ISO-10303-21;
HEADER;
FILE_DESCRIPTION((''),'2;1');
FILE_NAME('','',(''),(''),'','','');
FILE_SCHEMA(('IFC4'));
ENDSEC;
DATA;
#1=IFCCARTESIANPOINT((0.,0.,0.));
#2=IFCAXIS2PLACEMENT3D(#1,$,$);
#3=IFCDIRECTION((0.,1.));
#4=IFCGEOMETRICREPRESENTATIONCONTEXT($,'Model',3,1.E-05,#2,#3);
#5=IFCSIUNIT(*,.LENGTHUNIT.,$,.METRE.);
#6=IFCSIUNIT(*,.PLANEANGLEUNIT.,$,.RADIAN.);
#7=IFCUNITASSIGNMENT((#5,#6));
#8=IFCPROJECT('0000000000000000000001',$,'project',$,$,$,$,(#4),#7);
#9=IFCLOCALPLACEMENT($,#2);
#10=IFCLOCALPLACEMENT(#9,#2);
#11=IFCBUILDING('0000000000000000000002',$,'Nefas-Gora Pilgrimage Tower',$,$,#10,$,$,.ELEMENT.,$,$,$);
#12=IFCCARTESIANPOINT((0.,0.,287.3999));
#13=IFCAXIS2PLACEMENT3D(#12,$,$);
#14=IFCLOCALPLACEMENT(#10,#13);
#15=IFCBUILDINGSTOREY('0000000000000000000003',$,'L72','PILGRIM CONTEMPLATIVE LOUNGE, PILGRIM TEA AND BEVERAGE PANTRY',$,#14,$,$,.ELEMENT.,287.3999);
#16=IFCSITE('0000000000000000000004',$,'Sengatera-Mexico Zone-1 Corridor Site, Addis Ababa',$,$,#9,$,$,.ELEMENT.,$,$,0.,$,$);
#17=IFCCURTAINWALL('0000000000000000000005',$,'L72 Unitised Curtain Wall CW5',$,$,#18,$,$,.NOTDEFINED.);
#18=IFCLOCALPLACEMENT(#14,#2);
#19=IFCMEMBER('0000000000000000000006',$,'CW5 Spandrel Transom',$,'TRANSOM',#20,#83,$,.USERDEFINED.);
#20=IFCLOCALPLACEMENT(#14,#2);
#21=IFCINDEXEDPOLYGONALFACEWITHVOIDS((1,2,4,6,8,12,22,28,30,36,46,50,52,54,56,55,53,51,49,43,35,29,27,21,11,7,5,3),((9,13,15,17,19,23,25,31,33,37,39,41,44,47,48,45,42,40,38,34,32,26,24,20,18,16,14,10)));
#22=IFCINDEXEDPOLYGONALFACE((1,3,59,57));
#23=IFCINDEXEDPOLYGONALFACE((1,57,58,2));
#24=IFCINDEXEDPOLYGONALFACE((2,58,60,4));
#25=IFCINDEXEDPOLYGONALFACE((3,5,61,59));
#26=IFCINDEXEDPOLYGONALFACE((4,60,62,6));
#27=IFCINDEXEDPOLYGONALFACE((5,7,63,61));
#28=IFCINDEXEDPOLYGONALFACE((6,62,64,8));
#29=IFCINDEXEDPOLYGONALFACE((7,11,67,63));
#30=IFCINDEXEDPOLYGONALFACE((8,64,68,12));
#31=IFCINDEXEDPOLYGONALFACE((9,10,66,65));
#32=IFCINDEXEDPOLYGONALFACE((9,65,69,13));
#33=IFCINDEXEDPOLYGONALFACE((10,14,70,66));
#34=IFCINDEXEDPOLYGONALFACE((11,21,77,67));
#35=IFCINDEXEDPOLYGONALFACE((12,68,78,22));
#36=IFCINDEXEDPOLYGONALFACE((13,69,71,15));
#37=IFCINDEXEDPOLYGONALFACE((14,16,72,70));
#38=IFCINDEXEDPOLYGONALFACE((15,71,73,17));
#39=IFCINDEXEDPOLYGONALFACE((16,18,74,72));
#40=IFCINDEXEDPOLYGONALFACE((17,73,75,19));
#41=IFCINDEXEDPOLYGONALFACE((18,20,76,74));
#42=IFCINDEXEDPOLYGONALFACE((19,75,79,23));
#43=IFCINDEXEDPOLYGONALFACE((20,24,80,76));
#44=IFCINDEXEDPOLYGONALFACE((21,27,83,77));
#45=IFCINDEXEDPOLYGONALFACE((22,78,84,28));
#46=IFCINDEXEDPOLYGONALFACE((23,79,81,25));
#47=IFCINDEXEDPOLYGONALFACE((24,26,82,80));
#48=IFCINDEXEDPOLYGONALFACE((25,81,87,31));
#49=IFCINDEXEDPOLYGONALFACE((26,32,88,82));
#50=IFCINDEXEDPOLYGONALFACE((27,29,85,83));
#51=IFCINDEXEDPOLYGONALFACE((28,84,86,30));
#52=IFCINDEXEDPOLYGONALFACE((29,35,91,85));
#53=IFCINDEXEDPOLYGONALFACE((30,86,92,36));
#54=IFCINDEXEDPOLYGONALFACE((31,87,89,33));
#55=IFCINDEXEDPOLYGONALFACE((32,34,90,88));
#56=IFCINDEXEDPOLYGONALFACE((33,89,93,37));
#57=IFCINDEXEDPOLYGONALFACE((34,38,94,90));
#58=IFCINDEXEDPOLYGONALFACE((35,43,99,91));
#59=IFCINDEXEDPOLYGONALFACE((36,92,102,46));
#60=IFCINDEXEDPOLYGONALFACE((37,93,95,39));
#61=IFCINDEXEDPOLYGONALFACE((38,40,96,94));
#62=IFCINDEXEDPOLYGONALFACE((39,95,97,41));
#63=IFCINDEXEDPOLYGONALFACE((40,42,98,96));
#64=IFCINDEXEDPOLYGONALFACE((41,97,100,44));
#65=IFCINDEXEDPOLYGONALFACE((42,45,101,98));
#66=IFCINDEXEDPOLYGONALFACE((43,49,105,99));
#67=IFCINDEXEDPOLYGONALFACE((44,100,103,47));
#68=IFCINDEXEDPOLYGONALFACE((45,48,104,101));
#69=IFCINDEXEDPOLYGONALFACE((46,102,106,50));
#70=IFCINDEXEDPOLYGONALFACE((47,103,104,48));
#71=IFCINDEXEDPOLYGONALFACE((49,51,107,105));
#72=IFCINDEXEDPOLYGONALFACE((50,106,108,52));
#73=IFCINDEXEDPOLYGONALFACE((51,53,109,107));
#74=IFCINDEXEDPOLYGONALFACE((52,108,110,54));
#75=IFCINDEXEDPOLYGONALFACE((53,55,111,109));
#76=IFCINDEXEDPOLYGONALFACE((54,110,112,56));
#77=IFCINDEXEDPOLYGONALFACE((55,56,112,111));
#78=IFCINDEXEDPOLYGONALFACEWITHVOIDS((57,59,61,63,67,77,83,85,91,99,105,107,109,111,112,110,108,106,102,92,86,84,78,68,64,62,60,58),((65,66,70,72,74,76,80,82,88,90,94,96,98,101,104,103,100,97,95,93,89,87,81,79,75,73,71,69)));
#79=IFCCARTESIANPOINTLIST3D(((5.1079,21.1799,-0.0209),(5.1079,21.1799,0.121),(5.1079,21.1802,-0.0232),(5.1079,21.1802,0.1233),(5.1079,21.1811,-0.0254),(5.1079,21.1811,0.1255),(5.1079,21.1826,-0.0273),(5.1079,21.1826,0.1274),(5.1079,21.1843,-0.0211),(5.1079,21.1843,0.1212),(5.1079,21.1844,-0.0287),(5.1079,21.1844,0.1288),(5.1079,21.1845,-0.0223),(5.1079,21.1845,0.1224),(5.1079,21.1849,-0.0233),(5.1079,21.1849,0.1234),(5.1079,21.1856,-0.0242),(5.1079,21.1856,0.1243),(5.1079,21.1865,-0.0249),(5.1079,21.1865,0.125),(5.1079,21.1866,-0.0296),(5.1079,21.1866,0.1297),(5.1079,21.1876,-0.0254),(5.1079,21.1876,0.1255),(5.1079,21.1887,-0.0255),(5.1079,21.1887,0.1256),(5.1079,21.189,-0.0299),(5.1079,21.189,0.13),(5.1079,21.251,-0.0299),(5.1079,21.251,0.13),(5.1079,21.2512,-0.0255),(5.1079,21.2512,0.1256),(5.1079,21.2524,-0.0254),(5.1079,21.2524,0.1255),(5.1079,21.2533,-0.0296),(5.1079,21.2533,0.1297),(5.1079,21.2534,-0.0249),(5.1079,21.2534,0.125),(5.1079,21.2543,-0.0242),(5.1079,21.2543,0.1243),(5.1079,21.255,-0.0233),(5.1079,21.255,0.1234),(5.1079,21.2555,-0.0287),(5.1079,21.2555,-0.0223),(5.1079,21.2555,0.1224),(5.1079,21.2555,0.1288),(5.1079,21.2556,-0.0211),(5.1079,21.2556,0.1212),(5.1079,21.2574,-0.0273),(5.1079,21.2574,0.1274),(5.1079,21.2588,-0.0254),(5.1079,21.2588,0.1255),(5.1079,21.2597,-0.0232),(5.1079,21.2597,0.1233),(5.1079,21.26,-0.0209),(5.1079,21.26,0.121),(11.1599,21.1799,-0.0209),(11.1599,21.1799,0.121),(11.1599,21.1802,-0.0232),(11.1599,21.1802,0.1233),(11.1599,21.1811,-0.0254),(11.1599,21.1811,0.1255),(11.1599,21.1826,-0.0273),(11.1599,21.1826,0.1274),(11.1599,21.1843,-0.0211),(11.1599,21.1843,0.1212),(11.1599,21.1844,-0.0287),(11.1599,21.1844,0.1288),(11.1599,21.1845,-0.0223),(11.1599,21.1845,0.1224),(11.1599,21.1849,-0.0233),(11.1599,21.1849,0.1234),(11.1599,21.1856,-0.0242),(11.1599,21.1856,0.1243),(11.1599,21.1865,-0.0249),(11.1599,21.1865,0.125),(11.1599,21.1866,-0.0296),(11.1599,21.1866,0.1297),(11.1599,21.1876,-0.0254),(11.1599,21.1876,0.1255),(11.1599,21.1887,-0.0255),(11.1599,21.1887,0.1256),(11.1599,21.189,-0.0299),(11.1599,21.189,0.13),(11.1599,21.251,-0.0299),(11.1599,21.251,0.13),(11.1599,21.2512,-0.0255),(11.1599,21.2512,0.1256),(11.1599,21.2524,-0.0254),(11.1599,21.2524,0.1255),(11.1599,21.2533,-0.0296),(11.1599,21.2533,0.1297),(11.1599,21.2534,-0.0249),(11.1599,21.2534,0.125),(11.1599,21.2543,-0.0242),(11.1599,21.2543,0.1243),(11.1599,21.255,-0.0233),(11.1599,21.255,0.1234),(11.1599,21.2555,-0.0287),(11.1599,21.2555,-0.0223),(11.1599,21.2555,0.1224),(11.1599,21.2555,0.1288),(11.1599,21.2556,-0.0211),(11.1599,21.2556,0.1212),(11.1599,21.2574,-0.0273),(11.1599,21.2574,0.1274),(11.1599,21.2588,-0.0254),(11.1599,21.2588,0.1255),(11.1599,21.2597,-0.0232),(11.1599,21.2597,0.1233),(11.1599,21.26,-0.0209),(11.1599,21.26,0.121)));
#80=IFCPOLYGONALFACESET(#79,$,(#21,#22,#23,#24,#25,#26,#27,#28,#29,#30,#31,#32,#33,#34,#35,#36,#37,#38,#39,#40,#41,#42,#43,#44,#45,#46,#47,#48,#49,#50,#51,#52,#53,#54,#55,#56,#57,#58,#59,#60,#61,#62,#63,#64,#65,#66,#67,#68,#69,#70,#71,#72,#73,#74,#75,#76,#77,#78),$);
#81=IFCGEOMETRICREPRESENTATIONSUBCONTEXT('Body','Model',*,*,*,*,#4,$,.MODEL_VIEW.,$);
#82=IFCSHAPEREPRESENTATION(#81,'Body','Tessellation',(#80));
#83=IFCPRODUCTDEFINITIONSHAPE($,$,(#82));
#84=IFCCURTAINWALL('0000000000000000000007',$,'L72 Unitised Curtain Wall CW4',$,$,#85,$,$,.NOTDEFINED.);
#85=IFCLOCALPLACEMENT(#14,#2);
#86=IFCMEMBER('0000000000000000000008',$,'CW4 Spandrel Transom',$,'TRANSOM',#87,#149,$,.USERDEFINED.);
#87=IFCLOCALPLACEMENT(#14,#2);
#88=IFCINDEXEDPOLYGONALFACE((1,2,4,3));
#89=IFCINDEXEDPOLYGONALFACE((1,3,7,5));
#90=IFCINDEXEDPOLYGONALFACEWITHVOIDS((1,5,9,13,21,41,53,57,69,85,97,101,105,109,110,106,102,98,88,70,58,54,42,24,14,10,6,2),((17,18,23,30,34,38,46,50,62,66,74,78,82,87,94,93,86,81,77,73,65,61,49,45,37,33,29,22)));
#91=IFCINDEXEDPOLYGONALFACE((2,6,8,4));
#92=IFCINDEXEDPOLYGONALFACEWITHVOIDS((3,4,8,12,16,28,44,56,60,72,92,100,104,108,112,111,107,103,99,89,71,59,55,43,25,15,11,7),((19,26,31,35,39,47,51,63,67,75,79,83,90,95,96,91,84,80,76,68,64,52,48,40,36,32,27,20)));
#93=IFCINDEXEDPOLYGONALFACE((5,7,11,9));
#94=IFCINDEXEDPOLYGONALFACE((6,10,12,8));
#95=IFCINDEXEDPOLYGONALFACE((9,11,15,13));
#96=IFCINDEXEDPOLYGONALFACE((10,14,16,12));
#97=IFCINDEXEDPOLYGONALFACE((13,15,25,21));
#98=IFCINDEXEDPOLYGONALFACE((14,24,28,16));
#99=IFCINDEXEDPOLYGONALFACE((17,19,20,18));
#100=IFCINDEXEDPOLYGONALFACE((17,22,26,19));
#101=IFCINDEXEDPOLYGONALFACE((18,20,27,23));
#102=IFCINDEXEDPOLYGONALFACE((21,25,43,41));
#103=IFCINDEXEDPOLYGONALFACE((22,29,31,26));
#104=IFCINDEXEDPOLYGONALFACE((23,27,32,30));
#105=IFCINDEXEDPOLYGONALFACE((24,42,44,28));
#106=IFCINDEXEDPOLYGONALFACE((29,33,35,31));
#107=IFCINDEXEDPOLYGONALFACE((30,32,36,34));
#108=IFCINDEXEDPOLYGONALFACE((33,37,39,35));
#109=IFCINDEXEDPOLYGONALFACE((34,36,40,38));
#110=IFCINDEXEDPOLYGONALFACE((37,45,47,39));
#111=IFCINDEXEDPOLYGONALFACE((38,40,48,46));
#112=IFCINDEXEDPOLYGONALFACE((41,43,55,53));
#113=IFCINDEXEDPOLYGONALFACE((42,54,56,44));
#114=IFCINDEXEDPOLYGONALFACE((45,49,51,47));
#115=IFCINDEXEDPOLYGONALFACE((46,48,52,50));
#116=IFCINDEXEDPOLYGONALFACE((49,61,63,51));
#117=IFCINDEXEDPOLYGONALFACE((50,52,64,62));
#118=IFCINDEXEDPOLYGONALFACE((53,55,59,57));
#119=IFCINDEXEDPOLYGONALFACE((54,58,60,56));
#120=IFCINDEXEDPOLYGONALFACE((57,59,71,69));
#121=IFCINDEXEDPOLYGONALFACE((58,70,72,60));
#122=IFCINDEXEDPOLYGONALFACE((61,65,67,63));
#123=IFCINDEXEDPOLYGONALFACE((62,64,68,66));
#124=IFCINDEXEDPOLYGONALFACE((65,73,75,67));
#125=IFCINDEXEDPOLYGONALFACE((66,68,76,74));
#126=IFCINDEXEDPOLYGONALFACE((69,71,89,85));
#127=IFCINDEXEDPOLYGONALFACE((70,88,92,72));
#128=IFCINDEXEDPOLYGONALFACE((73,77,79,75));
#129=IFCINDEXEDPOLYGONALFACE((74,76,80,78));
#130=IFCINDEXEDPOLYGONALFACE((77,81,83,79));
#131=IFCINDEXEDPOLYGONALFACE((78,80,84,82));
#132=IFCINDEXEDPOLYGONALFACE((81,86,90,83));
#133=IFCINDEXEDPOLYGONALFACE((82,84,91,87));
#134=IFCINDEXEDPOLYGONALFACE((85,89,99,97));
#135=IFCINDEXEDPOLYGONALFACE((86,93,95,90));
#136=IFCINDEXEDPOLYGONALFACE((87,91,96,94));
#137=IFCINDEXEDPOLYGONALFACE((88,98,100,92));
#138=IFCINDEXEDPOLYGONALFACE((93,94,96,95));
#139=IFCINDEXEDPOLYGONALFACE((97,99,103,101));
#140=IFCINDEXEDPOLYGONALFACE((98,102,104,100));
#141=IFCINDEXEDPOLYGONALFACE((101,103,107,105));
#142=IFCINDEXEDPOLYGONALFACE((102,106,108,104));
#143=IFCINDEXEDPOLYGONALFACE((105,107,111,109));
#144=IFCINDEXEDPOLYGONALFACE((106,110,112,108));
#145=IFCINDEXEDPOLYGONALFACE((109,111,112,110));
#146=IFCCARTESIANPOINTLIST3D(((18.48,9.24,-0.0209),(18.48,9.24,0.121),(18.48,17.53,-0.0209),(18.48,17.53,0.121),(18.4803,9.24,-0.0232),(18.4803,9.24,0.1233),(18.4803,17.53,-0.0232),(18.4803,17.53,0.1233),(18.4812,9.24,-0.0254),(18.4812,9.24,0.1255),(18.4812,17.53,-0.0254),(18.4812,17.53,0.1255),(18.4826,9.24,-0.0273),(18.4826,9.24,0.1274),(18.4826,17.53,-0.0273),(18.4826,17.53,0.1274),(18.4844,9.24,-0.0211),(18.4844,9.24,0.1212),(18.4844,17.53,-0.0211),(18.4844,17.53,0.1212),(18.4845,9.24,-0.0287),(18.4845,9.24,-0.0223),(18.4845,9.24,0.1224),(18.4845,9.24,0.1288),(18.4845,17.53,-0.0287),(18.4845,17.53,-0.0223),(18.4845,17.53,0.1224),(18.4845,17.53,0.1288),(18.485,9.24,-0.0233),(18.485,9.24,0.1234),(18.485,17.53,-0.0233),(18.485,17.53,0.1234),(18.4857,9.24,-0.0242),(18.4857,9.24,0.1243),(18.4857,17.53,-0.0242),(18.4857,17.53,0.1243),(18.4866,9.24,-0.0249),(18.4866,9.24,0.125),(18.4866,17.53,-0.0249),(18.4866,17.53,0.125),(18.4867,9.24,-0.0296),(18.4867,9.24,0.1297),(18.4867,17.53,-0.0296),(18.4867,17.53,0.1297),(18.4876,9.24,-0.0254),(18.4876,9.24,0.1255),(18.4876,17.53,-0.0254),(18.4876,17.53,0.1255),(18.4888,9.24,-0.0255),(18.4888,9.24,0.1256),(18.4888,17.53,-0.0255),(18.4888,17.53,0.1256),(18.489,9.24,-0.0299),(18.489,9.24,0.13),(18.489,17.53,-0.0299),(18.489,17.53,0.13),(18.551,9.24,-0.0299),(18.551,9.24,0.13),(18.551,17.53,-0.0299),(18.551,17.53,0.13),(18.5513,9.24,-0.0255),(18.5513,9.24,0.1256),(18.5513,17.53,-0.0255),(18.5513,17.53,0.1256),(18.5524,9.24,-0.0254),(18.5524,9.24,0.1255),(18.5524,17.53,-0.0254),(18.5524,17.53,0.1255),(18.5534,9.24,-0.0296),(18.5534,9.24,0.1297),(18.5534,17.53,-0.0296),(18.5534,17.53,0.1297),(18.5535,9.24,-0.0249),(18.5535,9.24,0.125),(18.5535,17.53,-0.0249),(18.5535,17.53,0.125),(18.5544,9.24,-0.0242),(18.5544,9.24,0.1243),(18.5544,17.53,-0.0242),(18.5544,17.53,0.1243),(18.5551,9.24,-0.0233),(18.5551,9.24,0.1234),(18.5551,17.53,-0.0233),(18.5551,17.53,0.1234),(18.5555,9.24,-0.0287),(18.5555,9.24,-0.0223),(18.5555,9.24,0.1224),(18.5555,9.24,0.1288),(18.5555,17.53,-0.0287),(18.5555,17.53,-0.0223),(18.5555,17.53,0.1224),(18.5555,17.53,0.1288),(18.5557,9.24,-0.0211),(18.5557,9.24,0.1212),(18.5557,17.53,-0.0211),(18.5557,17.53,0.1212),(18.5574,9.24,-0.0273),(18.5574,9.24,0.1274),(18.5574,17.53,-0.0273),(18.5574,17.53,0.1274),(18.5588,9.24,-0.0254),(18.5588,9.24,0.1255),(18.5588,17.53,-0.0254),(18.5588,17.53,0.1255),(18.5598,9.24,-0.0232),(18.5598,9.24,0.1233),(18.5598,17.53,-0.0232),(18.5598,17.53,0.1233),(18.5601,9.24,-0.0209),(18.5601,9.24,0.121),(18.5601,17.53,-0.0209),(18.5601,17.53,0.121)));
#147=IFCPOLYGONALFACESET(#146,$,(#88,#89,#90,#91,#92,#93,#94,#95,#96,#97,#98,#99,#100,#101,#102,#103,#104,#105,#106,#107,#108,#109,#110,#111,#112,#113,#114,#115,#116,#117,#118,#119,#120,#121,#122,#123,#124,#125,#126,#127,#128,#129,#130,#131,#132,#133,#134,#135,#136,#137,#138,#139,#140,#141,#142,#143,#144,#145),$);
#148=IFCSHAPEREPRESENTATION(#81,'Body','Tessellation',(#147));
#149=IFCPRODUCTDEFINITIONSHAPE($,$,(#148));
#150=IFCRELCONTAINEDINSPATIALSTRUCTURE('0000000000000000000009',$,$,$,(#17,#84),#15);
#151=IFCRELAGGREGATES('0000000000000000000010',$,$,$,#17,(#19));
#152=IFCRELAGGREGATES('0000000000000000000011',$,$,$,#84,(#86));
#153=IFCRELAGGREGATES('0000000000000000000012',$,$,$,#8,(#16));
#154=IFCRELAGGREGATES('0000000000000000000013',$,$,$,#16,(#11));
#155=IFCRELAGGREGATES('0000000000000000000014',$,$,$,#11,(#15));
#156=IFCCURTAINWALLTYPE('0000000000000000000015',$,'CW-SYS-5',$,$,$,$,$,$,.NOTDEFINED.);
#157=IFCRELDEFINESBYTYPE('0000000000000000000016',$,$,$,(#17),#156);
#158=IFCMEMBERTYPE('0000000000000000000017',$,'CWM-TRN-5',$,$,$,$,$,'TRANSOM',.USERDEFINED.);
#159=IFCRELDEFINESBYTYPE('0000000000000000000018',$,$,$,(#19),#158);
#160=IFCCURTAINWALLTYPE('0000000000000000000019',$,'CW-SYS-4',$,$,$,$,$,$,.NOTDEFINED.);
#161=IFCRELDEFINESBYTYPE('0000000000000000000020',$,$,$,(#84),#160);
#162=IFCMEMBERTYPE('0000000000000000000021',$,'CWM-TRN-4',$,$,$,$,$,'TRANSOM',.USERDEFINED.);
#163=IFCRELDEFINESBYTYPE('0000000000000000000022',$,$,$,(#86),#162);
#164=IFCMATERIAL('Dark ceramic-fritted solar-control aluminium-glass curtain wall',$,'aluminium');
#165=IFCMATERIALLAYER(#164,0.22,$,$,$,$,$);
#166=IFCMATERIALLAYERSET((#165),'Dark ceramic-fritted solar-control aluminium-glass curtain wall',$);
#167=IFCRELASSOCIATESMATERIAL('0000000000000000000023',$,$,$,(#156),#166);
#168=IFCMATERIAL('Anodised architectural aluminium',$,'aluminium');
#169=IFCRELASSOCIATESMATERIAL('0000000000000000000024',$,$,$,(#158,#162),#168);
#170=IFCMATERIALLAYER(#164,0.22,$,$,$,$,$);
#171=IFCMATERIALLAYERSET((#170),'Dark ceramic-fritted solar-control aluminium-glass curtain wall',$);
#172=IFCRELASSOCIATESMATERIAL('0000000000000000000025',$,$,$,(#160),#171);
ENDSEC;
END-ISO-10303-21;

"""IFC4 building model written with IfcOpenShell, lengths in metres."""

from ifc_helpers import new_model, si_unit, direction, frame, origin, origin_2d, place, context, subcontext, project, spatial, hollow_rectangle, extrude, source, transform, mapped, material, layer, layer_set, material_profile, profile_set, type_object, element, aggregate, save


model = new_model("IFC4")

# Units and contexts
model_context = context("Model", 3, precision=1e-05, world=origin(), true_north=direction((0.0, 1.0)))
body_context = subcontext(model_context, "Body", "Model", "MODEL_VIEW")
ifc_project = project(units=[si_unit("LENGTHUNIT", "METRE"), si_unit("PLANEANGLEUNIT", "RADIAN")], contexts=[model_context])

# Site, building, storey
site_placement = place(None, origin())
site = spatial("IfcSite", under=ifc_project, at=site_placement, Name="Sengatera-Mexico Zone-1 Corridor Site, Addis Ababa", CompositionType="ELEMENT", RefElevation=0.0)
building_placement = place(site_placement, origin())
building = spatial("IfcBuilding", under=site, at=building_placement, Name="Nefas-Gora Pilgrimage Tower", CompositionType="ELEMENT")
storey_placement = place(building_placement, frame((0.0, 0.0, 287.3999)))
storey = spatial("IfcBuildingStorey", under=building, at=storey_placement, Name="L72", Description="PILGRIM CONTEMPLATIVE LOUNGE, PILGRIM TEA AND BEVERAGE PANTRY", CompositionType="ELEMENT", Elevation=287.3999)

# Curtain wall, member
ifc_material_1 = material(Name="Dark ceramic-fritted solar-control aluminium-glass curtain wall", Category="aluminium")
ifc_layer_1 = layer(ifc_material_1, 0.22)
ifc_layer_set_1 = layer_set([ifc_layer_1], Name="Dark ceramic-fritted solar-control aluminium-glass curtain wall")
curtain_wall_type_1 = type_object("IfcCurtainWallType", Name="CW-SYS-5", PredefinedType="NOTDEFINED", material=ifc_layer_set_1)
curtain_wall_1_placement = place(storey_placement, origin())
curtain_wall_1 = element("IfcCurtainWall", 1, at=curtain_wall_1_placement, inside=storey, type_object=curtain_wall_type_1, Name="L72 Unitised Curtain Wall CW5", PredefinedType="NOTDEFINED")
ifc_material_2 = material(Name="Anodised architectural aluminium", Category="aluminium")
ifc_material_profile_1 = material_profile(ifc_material_2, hollow_rectangle(XDim=0.0801, YDim=0.1599, WallThickness=0.0044, InnerFilletRadius=0.0044, OuterFilletRadius=0.009, at=origin_2d()), Name="ALU TRANSOM 80x160")
ifc_profile_set_1 = profile_set([ifc_material_profile_1], Name="Anodised architectural aluminium")
member_type_1 = type_object("IfcMemberType", Name="CWM-TRN-5", ElementType="TRANSOM", PredefinedType="USERDEFINED", material=ifc_profile_set_1)
shared_shape_1 = source(origin(), body_context, "Body", "SweptSolid", [
    extrude(hollow_rectangle(XDim=0.0801, YDim=0.1599, WallThickness=0.0044, InnerFilletRadius=0.0044, OuterFilletRadius=0.009, at=origin_2d()), origin(), (0.0, 0.0, 1.0), 6.052),
])
member_1_placement = place(storey_placement, frame((11.1599, 21.22, 0.05), z_axis=(-1.0, 0.0, 0.0), x_axis=(0.0, -1.0, 0.0)))
member_1 = element("IfcMember", 2, at=member_1_placement, type_object=member_type_1, Name="CW5 Spandrel Transom", ObjectType="TRANSOM", PredefinedType="USERDEFINED", context=body_context, shape_type="MappedRepresentation", body=[
    mapped(shared_shape_1, transform((0.0, 0.0, 0.0), x_axis=(1.0, 0.0, 0.0), y_axis=(0.0, 1.0, 0.0), z_axis=(0.0, 0.0, 1.0), scale=1.0)),
])

# Curtain wall, member
ifc_layer_2 = layer(ifc_material_1, 0.22)
ifc_layer_set_2 = layer_set([ifc_layer_2], Name="Dark ceramic-fritted solar-control aluminium-glass curtain wall")
curtain_wall_type_2 = type_object("IfcCurtainWallType", Name="CW-SYS-4", PredefinedType="NOTDEFINED", material=ifc_layer_set_2)
curtain_wall_2_placement = place(storey_placement, origin())
curtain_wall_2 = element("IfcCurtainWall", 3, at=curtain_wall_2_placement, inside=storey, type_object=curtain_wall_type_2, Name="L72 Unitised Curtain Wall CW4", PredefinedType="NOTDEFINED")
ifc_material_profile_2 = material_profile(ifc_material_2, hollow_rectangle(XDim=0.0801, YDim=0.1599, WallThickness=0.0044, InnerFilletRadius=0.0044, OuterFilletRadius=0.009, at=origin_2d()), Name="ALU TRANSOM 80x160")
ifc_profile_set_2 = profile_set([ifc_material_profile_2], Name="Anodised architectural aluminium")
member_type_2 = type_object("IfcMemberType", Name="CWM-TRN-4", ElementType="TRANSOM", PredefinedType="USERDEFINED", material=ifc_profile_set_2)
shared_shape_2 = source(origin(), body_context, "Body", "SweptSolid", [
    extrude(hollow_rectangle(XDim=0.0801, YDim=0.1599, WallThickness=0.0044, InnerFilletRadius=0.0044, OuterFilletRadius=0.009, at=origin_2d()), origin(), (0.0, 0.0, 1.0), 8.29),
])
member_2_placement = place(storey_placement, frame((18.52, 9.24, 0.05), z_axis=(0.0, 1.0, 0.0), x_axis=(-1.0, 0.0, 0.0)))
member_2 = element("IfcMember", 4, at=member_2_placement, type_object=member_type_2, Name="CW4 Spandrel Transom", ObjectType="TRANSOM", PredefinedType="USERDEFINED", context=body_context, shape_type="MappedRepresentation", body=[
    mapped(shared_shape_2, transform((0.0, 0.0, 0.0), x_axis=(1.0, 0.0, 0.0), y_axis=(0.0, 1.0, 0.0), z_axis=(0.0, 0.0, 1.0), scale=1.0)),
])

aggregate(curtain_wall_1, [member_1])
aggregate(curtain_wall_2, [member_2])

save(model, "model.ifc")
